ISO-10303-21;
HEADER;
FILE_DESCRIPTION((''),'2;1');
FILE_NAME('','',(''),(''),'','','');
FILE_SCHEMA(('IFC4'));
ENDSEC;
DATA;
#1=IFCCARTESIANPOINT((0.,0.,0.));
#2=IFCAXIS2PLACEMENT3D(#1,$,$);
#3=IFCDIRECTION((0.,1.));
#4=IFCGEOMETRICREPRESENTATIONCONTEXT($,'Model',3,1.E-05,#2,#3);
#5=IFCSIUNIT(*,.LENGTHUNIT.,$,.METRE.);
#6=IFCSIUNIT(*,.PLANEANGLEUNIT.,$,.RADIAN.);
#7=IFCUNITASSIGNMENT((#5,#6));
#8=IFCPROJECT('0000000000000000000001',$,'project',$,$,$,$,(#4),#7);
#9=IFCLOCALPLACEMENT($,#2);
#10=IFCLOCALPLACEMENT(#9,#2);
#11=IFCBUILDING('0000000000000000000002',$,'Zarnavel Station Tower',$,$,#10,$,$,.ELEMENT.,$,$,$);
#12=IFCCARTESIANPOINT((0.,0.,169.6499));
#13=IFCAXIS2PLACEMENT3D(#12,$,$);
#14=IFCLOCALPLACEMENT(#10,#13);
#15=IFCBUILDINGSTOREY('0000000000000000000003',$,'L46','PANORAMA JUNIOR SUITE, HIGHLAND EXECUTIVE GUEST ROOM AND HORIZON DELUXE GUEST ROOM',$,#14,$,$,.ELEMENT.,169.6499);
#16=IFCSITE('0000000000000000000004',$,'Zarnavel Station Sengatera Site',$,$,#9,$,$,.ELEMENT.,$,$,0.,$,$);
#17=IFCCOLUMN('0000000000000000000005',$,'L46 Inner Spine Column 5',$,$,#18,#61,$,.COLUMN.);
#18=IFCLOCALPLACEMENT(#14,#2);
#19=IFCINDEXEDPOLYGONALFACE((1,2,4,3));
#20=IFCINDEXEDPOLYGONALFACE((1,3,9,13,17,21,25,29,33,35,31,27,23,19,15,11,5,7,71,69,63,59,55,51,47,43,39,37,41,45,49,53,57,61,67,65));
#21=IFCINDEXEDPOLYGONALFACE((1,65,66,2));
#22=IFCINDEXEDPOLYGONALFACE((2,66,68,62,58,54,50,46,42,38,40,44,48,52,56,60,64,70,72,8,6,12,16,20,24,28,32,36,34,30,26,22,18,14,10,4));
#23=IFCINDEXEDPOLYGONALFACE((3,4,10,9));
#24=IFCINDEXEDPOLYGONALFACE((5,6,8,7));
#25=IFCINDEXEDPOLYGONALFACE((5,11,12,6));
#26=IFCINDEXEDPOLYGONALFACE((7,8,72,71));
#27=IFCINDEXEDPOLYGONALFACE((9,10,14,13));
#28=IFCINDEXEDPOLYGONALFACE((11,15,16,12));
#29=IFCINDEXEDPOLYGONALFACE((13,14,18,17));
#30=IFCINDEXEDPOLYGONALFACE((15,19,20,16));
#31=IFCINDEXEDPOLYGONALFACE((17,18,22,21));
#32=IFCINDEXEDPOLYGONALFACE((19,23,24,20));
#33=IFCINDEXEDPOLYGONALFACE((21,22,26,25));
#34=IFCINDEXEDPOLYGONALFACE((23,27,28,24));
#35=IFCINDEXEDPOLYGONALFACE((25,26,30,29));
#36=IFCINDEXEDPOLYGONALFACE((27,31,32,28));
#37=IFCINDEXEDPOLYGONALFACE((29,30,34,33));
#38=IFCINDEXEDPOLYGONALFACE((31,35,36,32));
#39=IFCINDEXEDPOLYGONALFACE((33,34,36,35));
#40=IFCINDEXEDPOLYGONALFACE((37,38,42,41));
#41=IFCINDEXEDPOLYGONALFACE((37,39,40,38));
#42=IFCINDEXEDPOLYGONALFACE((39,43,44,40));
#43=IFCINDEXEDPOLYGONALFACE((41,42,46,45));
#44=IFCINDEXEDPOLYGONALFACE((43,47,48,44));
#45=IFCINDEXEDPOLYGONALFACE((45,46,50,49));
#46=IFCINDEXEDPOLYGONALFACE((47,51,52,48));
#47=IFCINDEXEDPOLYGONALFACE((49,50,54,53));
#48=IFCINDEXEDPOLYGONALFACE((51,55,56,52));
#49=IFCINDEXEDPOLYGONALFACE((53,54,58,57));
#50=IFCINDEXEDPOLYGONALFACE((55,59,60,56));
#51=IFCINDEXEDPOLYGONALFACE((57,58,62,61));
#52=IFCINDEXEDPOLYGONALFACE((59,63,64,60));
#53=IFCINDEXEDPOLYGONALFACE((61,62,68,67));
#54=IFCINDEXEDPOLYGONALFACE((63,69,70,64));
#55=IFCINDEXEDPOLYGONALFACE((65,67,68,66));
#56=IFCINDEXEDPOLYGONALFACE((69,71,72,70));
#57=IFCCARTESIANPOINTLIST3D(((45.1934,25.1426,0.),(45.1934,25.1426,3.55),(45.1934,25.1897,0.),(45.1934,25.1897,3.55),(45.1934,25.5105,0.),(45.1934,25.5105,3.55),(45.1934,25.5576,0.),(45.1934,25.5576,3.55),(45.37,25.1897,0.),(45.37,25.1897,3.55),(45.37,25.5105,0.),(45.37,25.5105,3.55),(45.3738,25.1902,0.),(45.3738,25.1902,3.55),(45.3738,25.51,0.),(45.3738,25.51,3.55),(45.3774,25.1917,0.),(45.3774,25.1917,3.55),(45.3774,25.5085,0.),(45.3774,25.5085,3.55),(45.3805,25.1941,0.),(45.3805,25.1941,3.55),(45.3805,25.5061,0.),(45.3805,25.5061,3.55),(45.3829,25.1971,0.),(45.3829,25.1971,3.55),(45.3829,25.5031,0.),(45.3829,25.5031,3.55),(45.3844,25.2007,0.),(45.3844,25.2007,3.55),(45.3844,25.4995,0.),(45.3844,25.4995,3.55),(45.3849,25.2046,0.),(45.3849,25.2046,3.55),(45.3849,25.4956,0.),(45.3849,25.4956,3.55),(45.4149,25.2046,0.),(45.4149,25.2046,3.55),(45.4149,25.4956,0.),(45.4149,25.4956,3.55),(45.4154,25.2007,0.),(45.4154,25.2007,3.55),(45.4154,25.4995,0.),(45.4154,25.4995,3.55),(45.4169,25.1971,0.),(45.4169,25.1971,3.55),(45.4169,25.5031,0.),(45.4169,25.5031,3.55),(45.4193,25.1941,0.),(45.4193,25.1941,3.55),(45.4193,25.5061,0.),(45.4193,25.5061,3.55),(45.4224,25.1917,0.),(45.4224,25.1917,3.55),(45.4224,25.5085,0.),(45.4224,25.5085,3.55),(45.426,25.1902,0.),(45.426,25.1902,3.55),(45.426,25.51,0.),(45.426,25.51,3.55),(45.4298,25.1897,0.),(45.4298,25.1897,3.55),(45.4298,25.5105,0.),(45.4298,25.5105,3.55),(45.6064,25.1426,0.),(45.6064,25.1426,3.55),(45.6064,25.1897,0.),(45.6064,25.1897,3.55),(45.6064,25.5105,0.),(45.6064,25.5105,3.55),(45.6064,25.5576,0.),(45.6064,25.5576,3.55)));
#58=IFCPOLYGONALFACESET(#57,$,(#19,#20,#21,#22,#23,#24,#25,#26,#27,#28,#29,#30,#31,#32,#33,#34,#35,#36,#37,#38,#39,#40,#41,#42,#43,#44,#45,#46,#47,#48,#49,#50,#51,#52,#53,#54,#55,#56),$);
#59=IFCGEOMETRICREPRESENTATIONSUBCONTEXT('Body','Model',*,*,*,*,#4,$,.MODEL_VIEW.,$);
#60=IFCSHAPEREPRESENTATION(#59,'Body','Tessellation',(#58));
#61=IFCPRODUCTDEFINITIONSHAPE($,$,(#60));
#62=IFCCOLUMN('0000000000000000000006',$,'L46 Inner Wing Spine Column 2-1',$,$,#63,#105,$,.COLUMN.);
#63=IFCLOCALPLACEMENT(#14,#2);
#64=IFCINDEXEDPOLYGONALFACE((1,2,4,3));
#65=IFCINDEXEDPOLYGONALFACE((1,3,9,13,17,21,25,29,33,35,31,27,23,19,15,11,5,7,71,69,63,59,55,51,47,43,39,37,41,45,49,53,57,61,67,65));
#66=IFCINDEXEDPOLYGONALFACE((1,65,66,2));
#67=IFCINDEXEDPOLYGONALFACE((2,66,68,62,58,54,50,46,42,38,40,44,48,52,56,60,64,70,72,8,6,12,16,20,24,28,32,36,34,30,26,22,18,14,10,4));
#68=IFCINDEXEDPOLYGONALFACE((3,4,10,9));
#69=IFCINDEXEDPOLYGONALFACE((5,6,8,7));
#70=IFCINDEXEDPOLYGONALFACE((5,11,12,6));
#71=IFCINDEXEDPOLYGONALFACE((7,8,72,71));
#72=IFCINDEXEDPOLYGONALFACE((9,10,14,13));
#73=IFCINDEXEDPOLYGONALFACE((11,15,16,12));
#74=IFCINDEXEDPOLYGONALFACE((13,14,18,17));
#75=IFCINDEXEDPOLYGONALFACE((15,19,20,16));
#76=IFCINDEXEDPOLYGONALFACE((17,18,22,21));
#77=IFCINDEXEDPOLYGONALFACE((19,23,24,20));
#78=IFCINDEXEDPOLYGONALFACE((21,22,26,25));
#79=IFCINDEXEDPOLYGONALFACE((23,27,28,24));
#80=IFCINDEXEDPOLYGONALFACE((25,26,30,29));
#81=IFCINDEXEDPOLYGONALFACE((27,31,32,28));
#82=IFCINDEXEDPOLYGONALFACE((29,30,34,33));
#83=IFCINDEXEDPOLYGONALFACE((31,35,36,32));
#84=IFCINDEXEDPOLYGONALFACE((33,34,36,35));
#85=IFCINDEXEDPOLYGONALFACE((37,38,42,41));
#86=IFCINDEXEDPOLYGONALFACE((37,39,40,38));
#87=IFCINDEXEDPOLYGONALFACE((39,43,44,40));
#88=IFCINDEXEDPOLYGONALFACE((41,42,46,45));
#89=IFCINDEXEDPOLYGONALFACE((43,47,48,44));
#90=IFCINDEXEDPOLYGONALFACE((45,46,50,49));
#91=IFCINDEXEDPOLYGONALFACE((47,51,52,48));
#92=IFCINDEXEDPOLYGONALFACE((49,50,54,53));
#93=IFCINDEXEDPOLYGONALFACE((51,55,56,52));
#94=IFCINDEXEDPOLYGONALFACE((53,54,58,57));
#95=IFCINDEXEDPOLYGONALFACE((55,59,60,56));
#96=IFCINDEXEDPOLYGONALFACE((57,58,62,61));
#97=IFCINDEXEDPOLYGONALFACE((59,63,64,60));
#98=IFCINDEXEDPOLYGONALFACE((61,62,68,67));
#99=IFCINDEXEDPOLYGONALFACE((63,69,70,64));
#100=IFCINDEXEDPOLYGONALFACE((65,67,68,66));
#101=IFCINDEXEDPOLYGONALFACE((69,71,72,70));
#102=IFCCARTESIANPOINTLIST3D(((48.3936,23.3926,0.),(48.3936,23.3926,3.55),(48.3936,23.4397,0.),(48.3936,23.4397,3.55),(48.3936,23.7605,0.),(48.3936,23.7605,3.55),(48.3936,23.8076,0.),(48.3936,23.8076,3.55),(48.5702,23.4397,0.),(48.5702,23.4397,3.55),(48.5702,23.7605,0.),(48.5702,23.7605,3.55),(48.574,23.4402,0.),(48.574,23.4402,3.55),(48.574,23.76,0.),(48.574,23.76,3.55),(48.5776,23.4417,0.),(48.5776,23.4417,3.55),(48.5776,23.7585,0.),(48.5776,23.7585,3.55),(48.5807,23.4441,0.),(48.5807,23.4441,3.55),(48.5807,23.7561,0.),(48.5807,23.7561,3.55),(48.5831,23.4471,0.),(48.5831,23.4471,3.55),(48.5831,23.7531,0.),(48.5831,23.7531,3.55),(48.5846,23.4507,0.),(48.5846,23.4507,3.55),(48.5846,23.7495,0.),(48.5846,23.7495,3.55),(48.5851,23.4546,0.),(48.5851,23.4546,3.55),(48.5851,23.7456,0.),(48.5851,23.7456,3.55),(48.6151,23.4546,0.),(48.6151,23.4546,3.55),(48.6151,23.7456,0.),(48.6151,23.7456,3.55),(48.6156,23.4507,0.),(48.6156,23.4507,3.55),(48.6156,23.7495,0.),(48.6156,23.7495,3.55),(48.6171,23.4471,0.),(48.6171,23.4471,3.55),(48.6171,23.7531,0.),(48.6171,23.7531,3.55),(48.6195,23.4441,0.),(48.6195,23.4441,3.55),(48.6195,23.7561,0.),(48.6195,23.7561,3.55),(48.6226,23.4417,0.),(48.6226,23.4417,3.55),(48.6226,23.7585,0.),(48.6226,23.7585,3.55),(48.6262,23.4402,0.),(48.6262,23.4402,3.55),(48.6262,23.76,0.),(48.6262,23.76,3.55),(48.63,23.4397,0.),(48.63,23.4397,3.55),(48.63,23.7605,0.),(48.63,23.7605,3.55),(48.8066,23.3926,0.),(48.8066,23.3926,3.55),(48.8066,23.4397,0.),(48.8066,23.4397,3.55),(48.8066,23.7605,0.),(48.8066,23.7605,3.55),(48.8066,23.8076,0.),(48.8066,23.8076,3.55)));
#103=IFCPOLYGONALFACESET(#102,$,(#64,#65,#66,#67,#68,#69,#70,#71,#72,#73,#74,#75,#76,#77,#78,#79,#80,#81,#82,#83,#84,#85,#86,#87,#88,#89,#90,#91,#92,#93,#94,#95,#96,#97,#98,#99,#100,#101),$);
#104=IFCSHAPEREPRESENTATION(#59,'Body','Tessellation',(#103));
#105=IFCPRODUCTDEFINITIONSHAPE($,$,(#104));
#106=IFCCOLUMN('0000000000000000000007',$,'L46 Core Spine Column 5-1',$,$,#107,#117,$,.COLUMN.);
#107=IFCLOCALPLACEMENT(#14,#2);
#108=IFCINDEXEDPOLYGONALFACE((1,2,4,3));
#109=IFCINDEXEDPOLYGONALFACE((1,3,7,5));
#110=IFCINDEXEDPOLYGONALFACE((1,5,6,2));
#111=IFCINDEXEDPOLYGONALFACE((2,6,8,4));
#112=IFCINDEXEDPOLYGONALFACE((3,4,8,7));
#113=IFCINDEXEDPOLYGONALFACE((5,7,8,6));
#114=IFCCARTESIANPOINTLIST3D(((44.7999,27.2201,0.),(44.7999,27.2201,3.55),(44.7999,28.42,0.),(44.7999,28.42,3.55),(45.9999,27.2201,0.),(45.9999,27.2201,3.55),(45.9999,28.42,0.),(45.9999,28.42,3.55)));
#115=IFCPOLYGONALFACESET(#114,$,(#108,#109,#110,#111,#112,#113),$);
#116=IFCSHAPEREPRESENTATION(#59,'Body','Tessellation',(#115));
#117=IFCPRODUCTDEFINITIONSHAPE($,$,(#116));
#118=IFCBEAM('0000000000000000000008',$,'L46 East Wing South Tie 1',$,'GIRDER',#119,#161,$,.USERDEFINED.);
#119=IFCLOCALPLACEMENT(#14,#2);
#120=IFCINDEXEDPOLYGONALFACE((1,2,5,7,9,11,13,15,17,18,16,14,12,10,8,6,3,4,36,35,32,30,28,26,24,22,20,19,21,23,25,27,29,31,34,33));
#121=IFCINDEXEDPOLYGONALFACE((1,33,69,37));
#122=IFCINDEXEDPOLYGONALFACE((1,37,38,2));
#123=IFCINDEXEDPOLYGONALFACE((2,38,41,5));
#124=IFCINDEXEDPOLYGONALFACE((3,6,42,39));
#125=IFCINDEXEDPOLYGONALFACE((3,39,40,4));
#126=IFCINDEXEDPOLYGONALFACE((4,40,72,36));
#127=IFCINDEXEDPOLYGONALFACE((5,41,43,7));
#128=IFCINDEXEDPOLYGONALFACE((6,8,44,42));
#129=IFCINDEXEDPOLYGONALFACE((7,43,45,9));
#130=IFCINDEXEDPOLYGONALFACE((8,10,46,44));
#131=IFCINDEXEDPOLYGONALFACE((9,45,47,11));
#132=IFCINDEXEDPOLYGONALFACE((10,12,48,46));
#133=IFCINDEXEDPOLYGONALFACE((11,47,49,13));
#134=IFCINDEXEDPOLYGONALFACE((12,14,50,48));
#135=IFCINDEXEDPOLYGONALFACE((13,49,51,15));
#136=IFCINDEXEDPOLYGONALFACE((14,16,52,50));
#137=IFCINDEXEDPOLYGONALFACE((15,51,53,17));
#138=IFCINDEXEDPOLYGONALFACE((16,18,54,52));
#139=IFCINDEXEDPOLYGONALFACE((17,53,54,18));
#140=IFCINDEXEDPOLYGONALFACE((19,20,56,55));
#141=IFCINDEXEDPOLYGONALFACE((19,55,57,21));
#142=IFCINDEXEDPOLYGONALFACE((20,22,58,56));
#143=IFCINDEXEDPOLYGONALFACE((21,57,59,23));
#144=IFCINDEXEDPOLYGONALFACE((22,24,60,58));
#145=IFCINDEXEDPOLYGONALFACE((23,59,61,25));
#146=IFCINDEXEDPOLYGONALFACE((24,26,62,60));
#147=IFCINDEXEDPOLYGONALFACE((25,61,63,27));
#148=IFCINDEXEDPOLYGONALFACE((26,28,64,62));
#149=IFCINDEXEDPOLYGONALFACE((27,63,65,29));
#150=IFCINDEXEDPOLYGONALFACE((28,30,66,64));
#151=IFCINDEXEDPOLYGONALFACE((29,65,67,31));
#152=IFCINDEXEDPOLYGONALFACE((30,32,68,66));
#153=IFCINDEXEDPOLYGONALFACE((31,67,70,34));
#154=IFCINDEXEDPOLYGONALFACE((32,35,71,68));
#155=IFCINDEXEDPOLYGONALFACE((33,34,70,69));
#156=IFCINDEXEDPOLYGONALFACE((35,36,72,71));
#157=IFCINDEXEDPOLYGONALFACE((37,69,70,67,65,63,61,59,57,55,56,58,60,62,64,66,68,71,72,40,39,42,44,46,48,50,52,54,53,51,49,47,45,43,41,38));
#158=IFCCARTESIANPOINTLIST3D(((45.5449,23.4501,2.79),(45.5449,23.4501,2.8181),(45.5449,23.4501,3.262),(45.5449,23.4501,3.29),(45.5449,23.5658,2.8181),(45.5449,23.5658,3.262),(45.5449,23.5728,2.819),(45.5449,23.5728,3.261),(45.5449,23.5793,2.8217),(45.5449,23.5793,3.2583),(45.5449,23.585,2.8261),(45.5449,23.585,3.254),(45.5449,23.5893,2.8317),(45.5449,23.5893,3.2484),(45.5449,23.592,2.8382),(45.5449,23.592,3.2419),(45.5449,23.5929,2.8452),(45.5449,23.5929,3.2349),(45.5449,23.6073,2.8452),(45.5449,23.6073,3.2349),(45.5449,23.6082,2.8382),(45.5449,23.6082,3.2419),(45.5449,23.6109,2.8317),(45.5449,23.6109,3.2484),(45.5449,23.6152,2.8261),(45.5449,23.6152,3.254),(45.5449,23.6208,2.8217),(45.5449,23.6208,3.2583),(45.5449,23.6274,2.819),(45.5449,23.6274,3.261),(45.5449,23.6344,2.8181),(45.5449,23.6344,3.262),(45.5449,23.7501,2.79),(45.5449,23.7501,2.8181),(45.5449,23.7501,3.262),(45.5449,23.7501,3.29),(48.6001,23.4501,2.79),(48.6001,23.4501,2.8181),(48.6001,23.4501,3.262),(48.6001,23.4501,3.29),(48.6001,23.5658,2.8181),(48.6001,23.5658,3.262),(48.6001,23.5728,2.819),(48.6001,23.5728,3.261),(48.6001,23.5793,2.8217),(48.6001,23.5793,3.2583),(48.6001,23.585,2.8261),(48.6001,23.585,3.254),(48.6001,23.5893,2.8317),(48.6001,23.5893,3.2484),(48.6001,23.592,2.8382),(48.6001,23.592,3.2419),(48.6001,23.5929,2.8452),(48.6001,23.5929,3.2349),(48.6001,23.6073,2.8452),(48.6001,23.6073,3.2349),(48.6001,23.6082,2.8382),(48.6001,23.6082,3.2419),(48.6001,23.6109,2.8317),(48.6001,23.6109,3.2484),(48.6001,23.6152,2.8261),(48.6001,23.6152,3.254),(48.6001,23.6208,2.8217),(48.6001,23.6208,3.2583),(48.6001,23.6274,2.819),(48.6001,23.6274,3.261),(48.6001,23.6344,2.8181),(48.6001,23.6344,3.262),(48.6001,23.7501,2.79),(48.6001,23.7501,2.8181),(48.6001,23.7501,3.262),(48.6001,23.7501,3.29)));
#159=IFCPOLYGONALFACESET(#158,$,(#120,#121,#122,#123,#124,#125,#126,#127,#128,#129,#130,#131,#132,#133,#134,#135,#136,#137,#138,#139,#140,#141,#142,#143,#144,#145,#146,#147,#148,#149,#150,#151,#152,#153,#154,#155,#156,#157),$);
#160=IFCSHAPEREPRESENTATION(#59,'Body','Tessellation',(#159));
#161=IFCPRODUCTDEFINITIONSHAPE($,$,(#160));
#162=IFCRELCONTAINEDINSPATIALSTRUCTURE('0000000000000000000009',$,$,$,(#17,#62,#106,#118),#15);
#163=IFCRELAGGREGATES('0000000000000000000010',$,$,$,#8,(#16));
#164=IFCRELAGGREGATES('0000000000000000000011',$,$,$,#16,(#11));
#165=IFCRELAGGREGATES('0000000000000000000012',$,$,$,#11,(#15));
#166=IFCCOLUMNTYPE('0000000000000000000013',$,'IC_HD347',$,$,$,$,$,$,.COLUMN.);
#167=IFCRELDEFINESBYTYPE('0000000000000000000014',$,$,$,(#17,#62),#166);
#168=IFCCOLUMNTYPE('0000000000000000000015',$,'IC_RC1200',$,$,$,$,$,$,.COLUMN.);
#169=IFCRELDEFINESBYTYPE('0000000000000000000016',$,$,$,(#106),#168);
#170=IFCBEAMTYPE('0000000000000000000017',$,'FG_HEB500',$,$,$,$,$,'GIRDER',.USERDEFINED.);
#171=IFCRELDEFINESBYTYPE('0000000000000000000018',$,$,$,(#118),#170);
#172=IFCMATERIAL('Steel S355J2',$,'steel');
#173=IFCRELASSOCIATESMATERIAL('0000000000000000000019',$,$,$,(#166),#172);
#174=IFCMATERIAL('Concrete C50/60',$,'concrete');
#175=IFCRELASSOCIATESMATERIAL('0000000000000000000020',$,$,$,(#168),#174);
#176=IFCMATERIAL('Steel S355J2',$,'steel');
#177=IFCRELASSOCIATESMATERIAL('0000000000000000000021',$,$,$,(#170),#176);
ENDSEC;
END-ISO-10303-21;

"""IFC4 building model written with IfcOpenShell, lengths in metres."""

from ifc_helpers import new_model, si_unit, direction, frame, origin, origin_2d, place, context, subcontext, project, spatial, rectangle, i_section, extrude, material, material_profile, profile_set, type_object, element, save


model = new_model("IFC4")

# Units and contexts
model_context = context("Model", 3, precision=1e-05, world=origin(), true_north=direction((0.0, 1.0)))
body_context = subcontext(model_context, "Body", "Model", "MODEL_VIEW")
ifc_project = project(units=[si_unit("LENGTHUNIT", "METRE"), si_unit("PLANEANGLEUNIT", "RADIAN")], contexts=[model_context])

# Site, building, storey
site_placement = place(None, origin())
site = spatial("IfcSite", under=ifc_project, at=site_placement, Name="Zarnavel Station Sengatera Site", CompositionType="ELEMENT", RefElevation=0.0)
building_placement = place(site_placement, origin())
building = spatial("IfcBuilding", under=site, at=building_placement, Name="Zarnavel Station Tower", CompositionType="ELEMENT")
storey_placement = place(building_placement, frame((0.0, 0.0, 169.6499)))
storey = spatial("IfcBuildingStorey", under=building, at=storey_placement, Name="L46", Description="PANORAMA JUNIOR SUITE, HIGHLAND EXECUTIVE GUEST ROOM AND HORIZON DELUXE GUEST ROOM", CompositionType="ELEMENT", Elevation=169.6499)

# Columns
ifc_material_1 = material(Name="Steel S355J2", Category="steel")
ifc_material_profile_1 = material_profile(ifc_material_1, i_section(OverallWidth=0.4131, OverallDepth=0.415, WebThickness=0.03, FlangeThickness=0.0471, FilletRadius=0.0149, at=origin_2d()), Name="HD400x347")
ifc_profile_set_1 = profile_set([ifc_material_profile_1], Name="Steel S355J2")
column_type_1 = type_object("IfcColumnType", Name="IC_HD347", PredefinedType="COLUMN", material=ifc_profile_set_1)
for number, where, z_axis, x_axis, name in (
    (1, (45.3999, 25.3501, 0.0), (0.0, 0.0, 1.0), (1.0, 0.0, 0.0), "L46 Inner Spine Column 5"),
    (2, (48.6001, 23.6001, 0.0), (0.0, 0.0, 1.0), (1.0, 0.0, 0.0), "L46 Inner Wing Spine Column 2-1"),
):
    element("IfcColumn", number, at=place(storey_placement, frame(where, z_axis=z_axis, x_axis=x_axis)), inside=storey, type_object=column_type_1, Name=name, PredefinedType="COLUMN", context=body_context, shape_type="SweptSolid", body=[
        extrude(i_section(OverallWidth=0.4131, OverallDepth=0.415, WebThickness=0.03, FlangeThickness=0.0471, FilletRadius=0.0149, at=origin_2d()), origin(), (0.0, 0.0, 1.0), 3.55),
    ])
ifc_material_2 = material(Name="Concrete C50/60", Category="concrete")
ifc_material_profile_2 = material_profile(ifc_material_2, rectangle(XDim=1.2, YDim=1.2, at=origin_2d()), Name="RC1200x1200")
ifc_profile_set_2 = profile_set([ifc_material_profile_2], Name="Concrete C50/60")
column_type_2 = type_object("IfcColumnType", Name="IC_RC1200", PredefinedType="COLUMN", material=ifc_profile_set_2)
column_placement = place(storey_placement, frame((45.3999, 27.8201, 0.0), z_axis=(0.0, 0.0, 1.0), x_axis=(1.0, 0.0, 0.0)))
element("IfcColumn", 3, at=column_placement, inside=storey, type_object=column_type_2, Name="L46 Core Spine Column 5-1", PredefinedType="COLUMN", context=body_context, shape_type="SweptSolid", body=[
    extrude(rectangle(XDim=1.2, YDim=1.2, at=origin_2d()), origin(), (0.0, 0.0, 1.0), 3.55),
])

# Beam
ifc_material_3 = material(Name="Steel S355J2", Category="steel")
ifc_material_profile_3 = material_profile(ifc_material_3, i_section(OverallWidth=0.3, OverallDepth=0.5, WebThickness=0.0144, FlangeThickness=0.0281, FilletRadius=0.0271, at=origin_2d()), Name="HEB500")
ifc_profile_set_3 = profile_set([ifc_material_profile_3], Name="Steel S355J2")
beam_type_1 = type_object("IfcBeamType", Name="FG_HEB500", ElementType="GIRDER", PredefinedType="USERDEFINED", material=ifc_profile_set_3)
beam_1_placement = place(storey_placement, frame((45.5449, 23.6001, 3.04), z_axis=(1.0, 0.0, 0.0), x_axis=(0.0, 1.0, 0.0)))
element("IfcBeam", 4, at=beam_1_placement, inside=storey, type_object=beam_type_1, Name="L46 East Wing South Tie 1", ObjectType="GIRDER", PredefinedType="USERDEFINED", context=body_context, shape_type="SweptSolid", body=[
    extrude(i_section(OverallWidth=0.3, OverallDepth=0.5, WebThickness=0.0144, FlangeThickness=0.0281, FilletRadius=0.0271, at=origin_2d()), origin(), (0.0, 0.0, 1.0), 3.0552),
])

save(model, "model.ifc")
